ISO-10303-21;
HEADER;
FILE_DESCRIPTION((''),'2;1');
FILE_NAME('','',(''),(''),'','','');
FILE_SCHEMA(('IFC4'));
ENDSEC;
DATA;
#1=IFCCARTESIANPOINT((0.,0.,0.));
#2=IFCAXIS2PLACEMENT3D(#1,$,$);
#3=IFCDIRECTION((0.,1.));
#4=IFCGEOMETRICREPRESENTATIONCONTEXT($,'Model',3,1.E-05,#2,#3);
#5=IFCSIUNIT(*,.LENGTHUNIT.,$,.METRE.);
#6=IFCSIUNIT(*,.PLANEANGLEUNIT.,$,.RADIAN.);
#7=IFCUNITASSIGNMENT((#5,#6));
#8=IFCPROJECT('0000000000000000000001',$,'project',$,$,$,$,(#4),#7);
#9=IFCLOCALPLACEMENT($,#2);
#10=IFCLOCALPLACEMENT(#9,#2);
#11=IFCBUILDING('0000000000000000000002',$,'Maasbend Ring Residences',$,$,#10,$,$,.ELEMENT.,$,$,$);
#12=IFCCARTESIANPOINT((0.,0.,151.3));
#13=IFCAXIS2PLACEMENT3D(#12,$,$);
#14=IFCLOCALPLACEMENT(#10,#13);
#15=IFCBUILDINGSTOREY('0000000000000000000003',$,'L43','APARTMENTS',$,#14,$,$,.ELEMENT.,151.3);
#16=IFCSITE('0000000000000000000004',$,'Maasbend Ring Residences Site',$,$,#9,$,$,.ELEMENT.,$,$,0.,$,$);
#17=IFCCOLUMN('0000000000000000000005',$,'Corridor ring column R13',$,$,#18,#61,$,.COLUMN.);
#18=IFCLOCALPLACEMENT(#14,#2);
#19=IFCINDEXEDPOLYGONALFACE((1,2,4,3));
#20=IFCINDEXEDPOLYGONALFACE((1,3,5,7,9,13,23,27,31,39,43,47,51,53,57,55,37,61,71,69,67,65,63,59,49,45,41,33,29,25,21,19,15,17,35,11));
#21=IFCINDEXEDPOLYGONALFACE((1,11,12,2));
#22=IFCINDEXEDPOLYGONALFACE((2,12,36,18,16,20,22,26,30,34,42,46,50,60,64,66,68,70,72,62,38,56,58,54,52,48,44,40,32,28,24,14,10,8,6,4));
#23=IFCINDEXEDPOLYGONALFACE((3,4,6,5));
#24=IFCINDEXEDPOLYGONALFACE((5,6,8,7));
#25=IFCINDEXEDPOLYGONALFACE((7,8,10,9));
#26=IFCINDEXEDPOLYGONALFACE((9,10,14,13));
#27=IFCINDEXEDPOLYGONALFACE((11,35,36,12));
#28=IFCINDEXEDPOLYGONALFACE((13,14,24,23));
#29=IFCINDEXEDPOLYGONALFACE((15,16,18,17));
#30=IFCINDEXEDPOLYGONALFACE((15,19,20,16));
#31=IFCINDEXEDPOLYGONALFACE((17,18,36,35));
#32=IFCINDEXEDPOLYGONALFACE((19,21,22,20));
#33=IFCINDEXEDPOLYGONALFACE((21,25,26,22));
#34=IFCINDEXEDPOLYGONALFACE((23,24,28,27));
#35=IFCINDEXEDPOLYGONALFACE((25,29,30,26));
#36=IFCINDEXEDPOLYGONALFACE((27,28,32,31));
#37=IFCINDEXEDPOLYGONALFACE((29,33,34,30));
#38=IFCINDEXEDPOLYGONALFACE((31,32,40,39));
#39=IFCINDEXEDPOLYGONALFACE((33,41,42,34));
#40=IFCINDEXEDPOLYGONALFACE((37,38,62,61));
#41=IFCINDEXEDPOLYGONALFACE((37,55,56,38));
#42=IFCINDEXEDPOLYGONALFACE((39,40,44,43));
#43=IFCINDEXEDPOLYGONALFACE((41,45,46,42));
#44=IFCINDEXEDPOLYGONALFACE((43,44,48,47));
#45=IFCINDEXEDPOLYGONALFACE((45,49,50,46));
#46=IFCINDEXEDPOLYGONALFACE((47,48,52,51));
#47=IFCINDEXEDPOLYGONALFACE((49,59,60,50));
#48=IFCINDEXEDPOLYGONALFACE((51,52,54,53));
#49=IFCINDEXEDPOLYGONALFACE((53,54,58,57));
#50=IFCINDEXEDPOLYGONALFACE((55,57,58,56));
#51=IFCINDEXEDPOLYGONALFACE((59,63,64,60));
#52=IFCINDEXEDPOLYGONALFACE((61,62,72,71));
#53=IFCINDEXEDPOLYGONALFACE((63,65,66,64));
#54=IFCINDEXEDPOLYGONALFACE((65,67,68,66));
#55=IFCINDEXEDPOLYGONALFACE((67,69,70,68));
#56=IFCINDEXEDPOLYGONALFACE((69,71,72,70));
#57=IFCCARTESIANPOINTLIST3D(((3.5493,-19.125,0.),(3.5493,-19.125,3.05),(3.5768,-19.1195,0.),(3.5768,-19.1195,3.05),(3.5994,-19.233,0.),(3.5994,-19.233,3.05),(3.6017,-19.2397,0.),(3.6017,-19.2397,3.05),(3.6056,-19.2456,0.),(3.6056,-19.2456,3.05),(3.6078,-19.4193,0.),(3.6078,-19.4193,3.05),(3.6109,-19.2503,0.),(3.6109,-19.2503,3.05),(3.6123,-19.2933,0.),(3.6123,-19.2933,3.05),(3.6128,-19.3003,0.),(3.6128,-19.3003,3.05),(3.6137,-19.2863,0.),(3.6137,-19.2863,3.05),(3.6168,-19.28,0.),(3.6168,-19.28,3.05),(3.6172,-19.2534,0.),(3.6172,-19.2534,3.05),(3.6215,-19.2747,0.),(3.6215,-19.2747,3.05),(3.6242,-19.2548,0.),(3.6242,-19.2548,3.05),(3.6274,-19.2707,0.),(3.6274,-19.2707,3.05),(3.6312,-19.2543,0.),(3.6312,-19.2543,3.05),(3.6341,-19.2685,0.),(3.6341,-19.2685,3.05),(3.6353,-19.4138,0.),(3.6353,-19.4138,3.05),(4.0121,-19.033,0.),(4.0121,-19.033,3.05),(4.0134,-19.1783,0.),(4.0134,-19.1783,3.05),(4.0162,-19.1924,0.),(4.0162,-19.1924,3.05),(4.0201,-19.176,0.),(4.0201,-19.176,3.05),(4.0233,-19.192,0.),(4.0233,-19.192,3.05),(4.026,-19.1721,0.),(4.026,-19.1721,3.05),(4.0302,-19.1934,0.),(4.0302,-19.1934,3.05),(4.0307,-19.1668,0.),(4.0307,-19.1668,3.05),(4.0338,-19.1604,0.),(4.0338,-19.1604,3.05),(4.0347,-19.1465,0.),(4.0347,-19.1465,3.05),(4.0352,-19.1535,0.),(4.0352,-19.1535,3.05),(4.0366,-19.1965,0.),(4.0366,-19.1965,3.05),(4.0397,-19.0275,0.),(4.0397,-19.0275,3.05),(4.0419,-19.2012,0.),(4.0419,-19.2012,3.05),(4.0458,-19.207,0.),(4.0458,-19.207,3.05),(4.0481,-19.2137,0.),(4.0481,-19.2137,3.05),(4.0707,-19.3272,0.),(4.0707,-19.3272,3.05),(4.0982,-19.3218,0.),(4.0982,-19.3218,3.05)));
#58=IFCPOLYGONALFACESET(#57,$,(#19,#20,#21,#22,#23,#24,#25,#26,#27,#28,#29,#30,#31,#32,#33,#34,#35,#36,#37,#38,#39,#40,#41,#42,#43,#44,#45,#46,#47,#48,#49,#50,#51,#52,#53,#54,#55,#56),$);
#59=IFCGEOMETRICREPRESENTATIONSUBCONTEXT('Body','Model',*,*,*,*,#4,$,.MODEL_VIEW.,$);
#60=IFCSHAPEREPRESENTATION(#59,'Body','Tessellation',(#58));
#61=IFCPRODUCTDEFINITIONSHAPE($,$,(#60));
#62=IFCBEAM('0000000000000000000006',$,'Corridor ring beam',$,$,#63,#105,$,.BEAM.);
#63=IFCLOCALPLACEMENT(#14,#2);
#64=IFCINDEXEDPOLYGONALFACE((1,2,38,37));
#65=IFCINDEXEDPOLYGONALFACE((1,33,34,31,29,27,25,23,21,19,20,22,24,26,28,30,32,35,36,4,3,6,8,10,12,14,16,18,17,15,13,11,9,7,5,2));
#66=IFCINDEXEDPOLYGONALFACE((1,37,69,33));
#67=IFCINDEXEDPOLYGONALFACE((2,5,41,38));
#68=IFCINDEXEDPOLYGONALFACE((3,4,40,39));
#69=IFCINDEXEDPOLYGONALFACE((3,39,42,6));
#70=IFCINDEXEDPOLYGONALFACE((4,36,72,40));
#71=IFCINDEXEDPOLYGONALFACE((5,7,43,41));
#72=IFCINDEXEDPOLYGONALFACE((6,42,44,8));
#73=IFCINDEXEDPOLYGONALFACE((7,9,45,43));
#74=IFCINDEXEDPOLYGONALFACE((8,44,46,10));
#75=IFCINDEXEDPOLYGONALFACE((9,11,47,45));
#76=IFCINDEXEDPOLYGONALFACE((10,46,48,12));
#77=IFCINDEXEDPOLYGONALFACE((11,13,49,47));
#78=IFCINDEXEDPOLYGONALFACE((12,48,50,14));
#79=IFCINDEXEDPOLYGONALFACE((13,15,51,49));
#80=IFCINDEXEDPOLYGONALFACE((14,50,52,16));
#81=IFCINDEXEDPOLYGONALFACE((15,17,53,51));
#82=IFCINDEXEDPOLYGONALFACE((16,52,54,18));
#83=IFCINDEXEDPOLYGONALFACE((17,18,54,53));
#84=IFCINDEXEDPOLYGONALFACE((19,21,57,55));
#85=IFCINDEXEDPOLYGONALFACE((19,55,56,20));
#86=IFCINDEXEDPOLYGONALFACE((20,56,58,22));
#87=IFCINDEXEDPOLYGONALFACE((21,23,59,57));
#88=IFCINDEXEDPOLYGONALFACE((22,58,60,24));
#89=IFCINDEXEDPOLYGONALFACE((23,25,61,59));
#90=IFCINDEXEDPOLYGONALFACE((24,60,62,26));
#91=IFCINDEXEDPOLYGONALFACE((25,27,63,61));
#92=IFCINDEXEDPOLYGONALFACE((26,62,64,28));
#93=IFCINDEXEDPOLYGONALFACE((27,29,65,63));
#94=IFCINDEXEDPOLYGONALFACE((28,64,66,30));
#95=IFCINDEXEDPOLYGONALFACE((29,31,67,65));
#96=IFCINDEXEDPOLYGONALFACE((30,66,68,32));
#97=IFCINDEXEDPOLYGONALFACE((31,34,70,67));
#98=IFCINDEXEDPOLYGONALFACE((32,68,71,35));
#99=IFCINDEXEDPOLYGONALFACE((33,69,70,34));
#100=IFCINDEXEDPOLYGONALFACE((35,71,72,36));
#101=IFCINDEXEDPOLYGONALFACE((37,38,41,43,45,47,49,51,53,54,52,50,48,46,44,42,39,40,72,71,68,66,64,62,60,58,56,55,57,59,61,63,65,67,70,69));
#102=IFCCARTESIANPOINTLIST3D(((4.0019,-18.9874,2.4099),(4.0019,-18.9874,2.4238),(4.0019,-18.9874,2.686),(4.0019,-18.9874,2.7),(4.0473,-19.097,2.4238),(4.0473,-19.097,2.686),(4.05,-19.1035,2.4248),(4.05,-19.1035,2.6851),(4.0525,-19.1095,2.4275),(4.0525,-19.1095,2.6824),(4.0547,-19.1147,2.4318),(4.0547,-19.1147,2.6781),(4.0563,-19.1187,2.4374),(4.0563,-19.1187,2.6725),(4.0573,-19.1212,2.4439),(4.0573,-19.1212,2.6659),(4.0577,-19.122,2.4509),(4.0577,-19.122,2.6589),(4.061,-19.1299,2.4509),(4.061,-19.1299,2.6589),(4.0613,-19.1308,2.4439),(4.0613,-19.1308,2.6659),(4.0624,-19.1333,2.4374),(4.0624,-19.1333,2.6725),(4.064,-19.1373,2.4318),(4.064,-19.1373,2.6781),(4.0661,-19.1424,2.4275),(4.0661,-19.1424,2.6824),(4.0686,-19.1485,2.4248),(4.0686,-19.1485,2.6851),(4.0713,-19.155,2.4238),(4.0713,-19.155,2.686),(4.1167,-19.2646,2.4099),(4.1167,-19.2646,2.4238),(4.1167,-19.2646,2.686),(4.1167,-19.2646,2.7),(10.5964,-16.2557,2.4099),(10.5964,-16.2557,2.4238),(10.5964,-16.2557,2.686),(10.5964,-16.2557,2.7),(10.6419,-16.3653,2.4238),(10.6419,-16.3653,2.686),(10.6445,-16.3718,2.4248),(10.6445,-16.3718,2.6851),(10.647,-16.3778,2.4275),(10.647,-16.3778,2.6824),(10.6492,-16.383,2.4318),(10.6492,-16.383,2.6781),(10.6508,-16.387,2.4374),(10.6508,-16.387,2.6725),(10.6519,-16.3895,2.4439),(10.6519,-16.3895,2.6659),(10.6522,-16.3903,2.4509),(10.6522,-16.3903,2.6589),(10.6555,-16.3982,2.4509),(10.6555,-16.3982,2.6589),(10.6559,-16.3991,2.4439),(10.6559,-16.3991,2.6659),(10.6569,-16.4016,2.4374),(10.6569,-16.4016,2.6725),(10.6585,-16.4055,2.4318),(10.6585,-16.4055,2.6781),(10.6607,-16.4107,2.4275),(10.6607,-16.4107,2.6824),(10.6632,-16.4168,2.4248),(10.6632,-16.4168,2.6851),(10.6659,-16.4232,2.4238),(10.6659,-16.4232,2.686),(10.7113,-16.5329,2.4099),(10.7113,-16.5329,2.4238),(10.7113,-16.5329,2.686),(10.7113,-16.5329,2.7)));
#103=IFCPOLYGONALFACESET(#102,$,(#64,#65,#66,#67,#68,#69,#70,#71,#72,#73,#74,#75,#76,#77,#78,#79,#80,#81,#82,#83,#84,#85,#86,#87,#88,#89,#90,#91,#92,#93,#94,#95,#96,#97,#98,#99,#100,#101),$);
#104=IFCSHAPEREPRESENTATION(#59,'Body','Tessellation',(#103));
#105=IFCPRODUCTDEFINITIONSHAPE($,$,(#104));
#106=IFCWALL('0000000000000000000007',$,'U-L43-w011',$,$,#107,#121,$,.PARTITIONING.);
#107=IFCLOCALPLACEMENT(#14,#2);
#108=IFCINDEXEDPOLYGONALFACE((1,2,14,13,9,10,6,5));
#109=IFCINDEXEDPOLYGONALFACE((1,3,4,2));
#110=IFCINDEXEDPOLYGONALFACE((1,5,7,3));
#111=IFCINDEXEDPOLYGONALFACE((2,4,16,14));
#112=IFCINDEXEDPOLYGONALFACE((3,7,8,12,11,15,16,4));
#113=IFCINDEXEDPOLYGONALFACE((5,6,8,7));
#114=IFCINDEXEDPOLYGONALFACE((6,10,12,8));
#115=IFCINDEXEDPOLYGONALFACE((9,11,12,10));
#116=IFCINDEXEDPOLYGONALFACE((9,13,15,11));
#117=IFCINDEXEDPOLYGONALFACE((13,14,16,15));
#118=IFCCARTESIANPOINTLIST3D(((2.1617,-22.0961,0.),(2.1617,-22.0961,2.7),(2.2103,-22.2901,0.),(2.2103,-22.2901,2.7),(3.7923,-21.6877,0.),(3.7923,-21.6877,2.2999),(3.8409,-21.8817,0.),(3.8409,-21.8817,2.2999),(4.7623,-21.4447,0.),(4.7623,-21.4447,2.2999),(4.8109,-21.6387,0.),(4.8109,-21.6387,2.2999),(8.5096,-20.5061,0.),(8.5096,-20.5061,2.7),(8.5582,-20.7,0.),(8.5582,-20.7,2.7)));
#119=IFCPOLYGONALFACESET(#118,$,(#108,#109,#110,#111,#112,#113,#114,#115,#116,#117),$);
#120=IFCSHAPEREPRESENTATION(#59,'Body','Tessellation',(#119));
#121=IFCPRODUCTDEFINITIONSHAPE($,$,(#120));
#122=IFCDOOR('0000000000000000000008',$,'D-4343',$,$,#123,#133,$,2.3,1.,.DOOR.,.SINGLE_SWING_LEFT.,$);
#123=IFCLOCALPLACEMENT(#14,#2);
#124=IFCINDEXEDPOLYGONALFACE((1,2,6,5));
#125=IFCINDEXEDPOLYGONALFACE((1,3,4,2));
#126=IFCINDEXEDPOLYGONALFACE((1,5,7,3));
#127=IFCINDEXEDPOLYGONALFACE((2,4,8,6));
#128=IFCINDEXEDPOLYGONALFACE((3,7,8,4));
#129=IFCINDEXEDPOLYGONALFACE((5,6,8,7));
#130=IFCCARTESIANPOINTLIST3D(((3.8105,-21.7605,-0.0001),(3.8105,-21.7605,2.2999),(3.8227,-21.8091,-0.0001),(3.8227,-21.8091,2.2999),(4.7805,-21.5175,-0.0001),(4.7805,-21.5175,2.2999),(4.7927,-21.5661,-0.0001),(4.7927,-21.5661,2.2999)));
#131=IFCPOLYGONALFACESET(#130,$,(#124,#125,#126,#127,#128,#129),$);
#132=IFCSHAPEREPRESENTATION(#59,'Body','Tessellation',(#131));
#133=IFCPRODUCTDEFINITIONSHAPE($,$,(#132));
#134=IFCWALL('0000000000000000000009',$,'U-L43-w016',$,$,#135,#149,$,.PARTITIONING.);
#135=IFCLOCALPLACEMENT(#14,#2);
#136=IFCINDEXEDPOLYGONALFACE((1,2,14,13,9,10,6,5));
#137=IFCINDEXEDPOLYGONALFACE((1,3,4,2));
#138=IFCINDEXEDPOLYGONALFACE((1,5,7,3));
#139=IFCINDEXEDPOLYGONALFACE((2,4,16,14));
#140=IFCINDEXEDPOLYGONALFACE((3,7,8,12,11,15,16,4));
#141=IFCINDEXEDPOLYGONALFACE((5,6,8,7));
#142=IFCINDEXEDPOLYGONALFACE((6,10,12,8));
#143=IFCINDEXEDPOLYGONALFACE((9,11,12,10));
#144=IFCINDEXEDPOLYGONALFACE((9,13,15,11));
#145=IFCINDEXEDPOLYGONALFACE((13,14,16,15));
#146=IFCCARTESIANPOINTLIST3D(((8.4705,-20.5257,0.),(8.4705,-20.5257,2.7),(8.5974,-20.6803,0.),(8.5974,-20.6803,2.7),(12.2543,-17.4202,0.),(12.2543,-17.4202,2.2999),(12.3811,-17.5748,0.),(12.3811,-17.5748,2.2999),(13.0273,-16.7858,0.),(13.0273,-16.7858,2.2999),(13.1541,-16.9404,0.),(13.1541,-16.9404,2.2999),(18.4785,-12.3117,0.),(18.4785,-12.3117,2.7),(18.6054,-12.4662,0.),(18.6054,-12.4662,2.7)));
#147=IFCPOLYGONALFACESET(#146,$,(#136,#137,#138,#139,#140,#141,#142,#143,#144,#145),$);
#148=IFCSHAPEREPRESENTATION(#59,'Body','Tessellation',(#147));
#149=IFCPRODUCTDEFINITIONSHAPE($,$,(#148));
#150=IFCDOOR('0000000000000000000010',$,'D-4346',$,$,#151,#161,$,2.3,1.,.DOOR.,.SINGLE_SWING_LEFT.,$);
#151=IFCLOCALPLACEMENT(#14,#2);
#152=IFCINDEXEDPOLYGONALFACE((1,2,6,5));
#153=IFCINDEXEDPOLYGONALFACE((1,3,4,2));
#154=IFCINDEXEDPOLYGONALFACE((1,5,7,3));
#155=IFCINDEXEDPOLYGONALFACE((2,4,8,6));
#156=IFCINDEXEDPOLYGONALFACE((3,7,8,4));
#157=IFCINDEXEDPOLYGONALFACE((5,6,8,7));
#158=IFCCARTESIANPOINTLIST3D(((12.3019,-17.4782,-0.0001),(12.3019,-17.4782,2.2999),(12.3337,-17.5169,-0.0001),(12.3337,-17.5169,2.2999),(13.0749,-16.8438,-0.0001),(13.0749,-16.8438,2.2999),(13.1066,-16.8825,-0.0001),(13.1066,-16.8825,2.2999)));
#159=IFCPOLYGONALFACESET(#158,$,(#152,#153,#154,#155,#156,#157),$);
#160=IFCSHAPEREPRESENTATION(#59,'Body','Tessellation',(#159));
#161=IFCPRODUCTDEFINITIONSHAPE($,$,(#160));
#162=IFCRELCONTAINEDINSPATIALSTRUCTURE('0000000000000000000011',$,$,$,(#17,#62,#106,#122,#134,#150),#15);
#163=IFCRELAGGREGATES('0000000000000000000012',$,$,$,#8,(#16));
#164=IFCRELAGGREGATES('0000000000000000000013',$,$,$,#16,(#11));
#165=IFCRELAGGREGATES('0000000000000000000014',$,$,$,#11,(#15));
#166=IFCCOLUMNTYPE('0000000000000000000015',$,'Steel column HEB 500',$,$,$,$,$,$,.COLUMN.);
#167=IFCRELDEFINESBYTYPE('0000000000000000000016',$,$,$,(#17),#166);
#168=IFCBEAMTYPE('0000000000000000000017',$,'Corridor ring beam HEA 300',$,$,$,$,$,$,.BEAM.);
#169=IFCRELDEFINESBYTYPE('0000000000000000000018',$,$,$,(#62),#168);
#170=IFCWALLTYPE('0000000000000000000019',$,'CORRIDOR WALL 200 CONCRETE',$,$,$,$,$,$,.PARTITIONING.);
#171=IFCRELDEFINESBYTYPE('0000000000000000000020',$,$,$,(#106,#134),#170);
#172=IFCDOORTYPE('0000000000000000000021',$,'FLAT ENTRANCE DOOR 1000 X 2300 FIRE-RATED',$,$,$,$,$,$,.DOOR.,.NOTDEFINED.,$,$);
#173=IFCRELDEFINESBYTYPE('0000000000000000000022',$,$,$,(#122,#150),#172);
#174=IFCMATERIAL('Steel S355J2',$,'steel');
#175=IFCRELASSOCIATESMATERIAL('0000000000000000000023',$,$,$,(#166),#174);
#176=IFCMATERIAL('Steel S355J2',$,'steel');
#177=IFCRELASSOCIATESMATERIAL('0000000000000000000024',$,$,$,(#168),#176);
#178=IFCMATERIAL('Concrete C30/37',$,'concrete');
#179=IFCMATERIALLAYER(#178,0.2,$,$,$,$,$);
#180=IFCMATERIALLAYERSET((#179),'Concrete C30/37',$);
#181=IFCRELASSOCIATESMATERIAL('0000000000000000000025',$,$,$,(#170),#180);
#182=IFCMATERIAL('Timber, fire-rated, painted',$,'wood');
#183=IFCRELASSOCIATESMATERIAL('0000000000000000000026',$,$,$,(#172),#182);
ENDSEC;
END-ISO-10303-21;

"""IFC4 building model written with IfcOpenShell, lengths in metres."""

from ifc_helpers import new_model, si_unit, direction, frame, frame_2d, origin, origin_2d, place, context, subcontext, project, spatial, rectangle, i_section, extrude, material, layer, layer_set, material_profile, profile_set, type_object, element, fill, save


model = new_model("IFC4")

# Units and contexts
model_context = context("Model", 3, precision=1e-05, world=origin(), true_north=direction((0.0, 1.0)))
body_context = subcontext(model_context, "Body", "Model", "MODEL_VIEW")
ifc_project = project(units=[si_unit("LENGTHUNIT", "METRE"), si_unit("PLANEANGLEUNIT", "RADIAN")], contexts=[model_context])

# Site, building, storey
site_placement = place(None, origin())
site = spatial("IfcSite", under=ifc_project, at=site_placement, Name="Maasbend Ring Residences Site", CompositionType="ELEMENT", RefElevation=0.0)
building_placement = place(site_placement, origin())
building = spatial("IfcBuilding", under=site, at=building_placement, Name="Maasbend Ring Residences", CompositionType="ELEMENT")
storey_placement = place(building_placement, frame((0.0, 0.0, 151.3)))
storey = spatial("IfcBuildingStorey", under=building, at=storey_placement, Name="L43", Description="APARTMENTS", CompositionType="ELEMENT", Elevation=151.3)

# Column
ifc_material_1 = material(Name="Steel S355J2", Category="steel")
ifc_material_profile_1 = material_profile(ifc_material_1, i_section(OverallWidth=0.3, OverallDepth=0.5, WebThickness=0.0144, FlangeThickness=0.0281, FilletRadius=0.0271, at=origin_2d()), Name="HEB 500")
ifc_profile_set_1 = profile_set([ifc_material_profile_1], Name="Steel S355J2")
column_type = type_object("IfcColumnType", Name="Steel column HEB 500", PredefinedType="COLUMN", material=ifc_profile_set_1)
column_placement = place(storey_placement, frame((3.8237, -19.2234, 0.0), z_axis=(0.0, 0.0, 1.0), x_axis=(0.19509, -0.980785, 0.0)))
element("IfcColumn", 1, at=column_placement, inside=storey, type_object=column_type, Name="Corridor ring column R13", PredefinedType="COLUMN", context=body_context, shape_type="SweptSolid", body=[
    extrude(i_section(OverallWidth=0.3, OverallDepth=0.5, WebThickness=0.0144, FlangeThickness=0.0281, FilletRadius=0.0271, at=origin_2d()), origin(), (0.0, 0.0, 1.0), 3.05),
])

# Beam
ifc_material_2 = material(Name="Steel S355J2", Category="steel")
ifc_material_profile_2 = material_profile(ifc_material_2, i_section(OverallWidth=0.3, OverallDepth=0.29, WebThickness=0.0085, FlangeThickness=0.0139, FilletRadius=0.0271, at=origin_2d()), Name="HEA 300")
ifc_profile_set_2 = profile_set([ifc_material_profile_2], Name="Steel S355J2")
beam_type = type_object("IfcBeamType", Name="Corridor ring beam HEA 300", PredefinedType="BEAM", material=ifc_profile_set_2)
beam_placement = place(storey_placement, frame((4.0593, -19.126, 2.5549), z_axis=(0.923871, 0.382703, 0.0), x_axis=(-0.382703, 0.923871, 0.0)))
element("IfcBeam", 2, at=beam_placement, inside=storey, type_object=beam_type, Name="Corridor ring beam", PredefinedType="BEAM", context=body_context, shape_type="SweptSolid", body=[
    extrude(i_section(OverallWidth=0.3, OverallDepth=0.29, WebThickness=0.0085, FlangeThickness=0.0139, FilletRadius=0.0271, at=origin_2d()), origin(), (0.0, 0.0, 1.0), 7.1379),
])

# Walls, openings, doors
ifc_material_3 = material(Name="Concrete C30/37", Category="concrete")
ifc_layer_1 = layer(ifc_material_3, 0.2)
ifc_layer_set_1 = layer_set([ifc_layer_1], Name="Concrete C30/37")
wall_type_1 = type_object("IfcWallType", Name="CORRIDOR WALL 200 CONCRETE", PredefinedType="PARTITIONING", material=ifc_layer_set_1)
wall_1_placement = place(storey_placement, frame((2.186, -22.1931, 0.0), z_axis=(0.0, 0.0, 1.0), x_axis=(0.97003, 0.242983, 0.0)))
wall_1 = element("IfcWall", 3, at=wall_1_placement, inside=storey, type_object=wall_type_1, Name="U-L43-w011", PredefinedType="PARTITIONING", context=body_context, shape_type="SweptSolid", body=[
    extrude(rectangle(XDim=6.5439, YDim=0.2, at=frame_2d((3.272, 0.0))), origin(), (0.0, 0.0, 1.0), 2.7),
])
opening_1_placement = place(wall_1_placement, frame((1.6809, 0.0, 0.0)))
opening_1 = element("IfcOpeningElement", 4, at=opening_1_placement, cuts=wall_1, PredefinedType="OPENING", context=body_context, shape_type="SweptSolid", body=[
    extrude(rectangle(XDim=1.0, YDim=2.3, at=frame_2d((0.5, 1.1499))), frame((0.0, 0.1099, 0.0), z_axis=(0.0, -1.0, 0.0), x_axis=(1.0, 0.0, 0.0)), (0.0, 0.0, 1.0), 0.22),
])
ifc_material_4 = material(Name="Timber, fire-rated, painted", Category="wood")
door_type_1 = type_object("IfcDoorType", Name="FLAT ENTRANCE DOOR 1000 X 2300 FIRE-RATED", OperationType="NOTDEFINED", PredefinedType="DOOR", material=ifc_material_4)
door_1_placement = place(opening_1_placement, origin())
door_1 = element("IfcDoor", 5, at=door_1_placement, inside=storey, type_object=door_type_1, Name="D-4343", OperationType="SINGLE_SWING_LEFT", OverallHeight=2.3, OverallWidth=1.0, PredefinedType="DOOR", context=body_context, shape_type="SweptSolid", body=[
    extrude(rectangle(XDim=1.0, YDim=2.3, at=frame_2d((0.5, 1.1499))), frame((0.0, 0.0249, 0.0), z_axis=(0.0, -1.0, 0.0), x_axis=(1.0, 0.0, 0.0)), (0.0, 0.0, 1.0), 0.05),
])
fill(opening_1, door_1)
wall_2_placement = place(storey_placement, frame((8.5339, -20.603, 0.0), z_axis=(0.0, 0.0, 1.0), x_axis=(0.772984, 0.634426, 0.0)))
wall_2 = element("IfcWall", 6, at=wall_2_placement, inside=storey, type_object=wall_type_1, Name="U-L43-w016", PredefinedType="PARTITIONING", context=body_context, shape_type="SweptSolid", body=[
    extrude(rectangle(XDim=12.9473, YDim=0.2, at=frame_2d((6.4736, 0.0))), origin(), (0.0, 0.0, 1.0), 2.7),
])
opening_2_placement = place(wall_2_placement, frame((4.895, 0.0, 0.0)))
opening_2 = element("IfcOpeningElement", 7, at=opening_2_placement, cuts=wall_2, PredefinedType="OPENING", context=body_context, shape_type="SweptSolid", body=[
    extrude(rectangle(XDim=1.0, YDim=2.3, at=frame_2d((0.5, 1.1499))), frame((0.0, 0.1099, 0.0), z_axis=(0.0, -1.0, 0.0), x_axis=(1.0, 0.0, 0.0)), (0.0, 0.0, 1.0), 0.22),
])
door_2_placement = place(opening_2_placement, origin())
door_2 = element("IfcDoor", 8, at=door_2_placement, inside=storey, type_object=door_type_1, Name="D-4346", OperationType="SINGLE_SWING_LEFT", OverallHeight=2.3, OverallWidth=1.0, PredefinedType="DOOR", context=body_context, shape_type="SweptSolid", body=[
    extrude(rectangle(XDim=1.0, YDim=2.3, at=frame_2d((0.5, 1.1499))), frame((0.0, 0.0249, 0.0), z_axis=(0.0, -1.0, 0.0), x_axis=(1.0, 0.0, 0.0)), (0.0, 0.0, 1.0), 0.05),
])
fill(opening_2, door_2)

save(model, "model.ifc")
